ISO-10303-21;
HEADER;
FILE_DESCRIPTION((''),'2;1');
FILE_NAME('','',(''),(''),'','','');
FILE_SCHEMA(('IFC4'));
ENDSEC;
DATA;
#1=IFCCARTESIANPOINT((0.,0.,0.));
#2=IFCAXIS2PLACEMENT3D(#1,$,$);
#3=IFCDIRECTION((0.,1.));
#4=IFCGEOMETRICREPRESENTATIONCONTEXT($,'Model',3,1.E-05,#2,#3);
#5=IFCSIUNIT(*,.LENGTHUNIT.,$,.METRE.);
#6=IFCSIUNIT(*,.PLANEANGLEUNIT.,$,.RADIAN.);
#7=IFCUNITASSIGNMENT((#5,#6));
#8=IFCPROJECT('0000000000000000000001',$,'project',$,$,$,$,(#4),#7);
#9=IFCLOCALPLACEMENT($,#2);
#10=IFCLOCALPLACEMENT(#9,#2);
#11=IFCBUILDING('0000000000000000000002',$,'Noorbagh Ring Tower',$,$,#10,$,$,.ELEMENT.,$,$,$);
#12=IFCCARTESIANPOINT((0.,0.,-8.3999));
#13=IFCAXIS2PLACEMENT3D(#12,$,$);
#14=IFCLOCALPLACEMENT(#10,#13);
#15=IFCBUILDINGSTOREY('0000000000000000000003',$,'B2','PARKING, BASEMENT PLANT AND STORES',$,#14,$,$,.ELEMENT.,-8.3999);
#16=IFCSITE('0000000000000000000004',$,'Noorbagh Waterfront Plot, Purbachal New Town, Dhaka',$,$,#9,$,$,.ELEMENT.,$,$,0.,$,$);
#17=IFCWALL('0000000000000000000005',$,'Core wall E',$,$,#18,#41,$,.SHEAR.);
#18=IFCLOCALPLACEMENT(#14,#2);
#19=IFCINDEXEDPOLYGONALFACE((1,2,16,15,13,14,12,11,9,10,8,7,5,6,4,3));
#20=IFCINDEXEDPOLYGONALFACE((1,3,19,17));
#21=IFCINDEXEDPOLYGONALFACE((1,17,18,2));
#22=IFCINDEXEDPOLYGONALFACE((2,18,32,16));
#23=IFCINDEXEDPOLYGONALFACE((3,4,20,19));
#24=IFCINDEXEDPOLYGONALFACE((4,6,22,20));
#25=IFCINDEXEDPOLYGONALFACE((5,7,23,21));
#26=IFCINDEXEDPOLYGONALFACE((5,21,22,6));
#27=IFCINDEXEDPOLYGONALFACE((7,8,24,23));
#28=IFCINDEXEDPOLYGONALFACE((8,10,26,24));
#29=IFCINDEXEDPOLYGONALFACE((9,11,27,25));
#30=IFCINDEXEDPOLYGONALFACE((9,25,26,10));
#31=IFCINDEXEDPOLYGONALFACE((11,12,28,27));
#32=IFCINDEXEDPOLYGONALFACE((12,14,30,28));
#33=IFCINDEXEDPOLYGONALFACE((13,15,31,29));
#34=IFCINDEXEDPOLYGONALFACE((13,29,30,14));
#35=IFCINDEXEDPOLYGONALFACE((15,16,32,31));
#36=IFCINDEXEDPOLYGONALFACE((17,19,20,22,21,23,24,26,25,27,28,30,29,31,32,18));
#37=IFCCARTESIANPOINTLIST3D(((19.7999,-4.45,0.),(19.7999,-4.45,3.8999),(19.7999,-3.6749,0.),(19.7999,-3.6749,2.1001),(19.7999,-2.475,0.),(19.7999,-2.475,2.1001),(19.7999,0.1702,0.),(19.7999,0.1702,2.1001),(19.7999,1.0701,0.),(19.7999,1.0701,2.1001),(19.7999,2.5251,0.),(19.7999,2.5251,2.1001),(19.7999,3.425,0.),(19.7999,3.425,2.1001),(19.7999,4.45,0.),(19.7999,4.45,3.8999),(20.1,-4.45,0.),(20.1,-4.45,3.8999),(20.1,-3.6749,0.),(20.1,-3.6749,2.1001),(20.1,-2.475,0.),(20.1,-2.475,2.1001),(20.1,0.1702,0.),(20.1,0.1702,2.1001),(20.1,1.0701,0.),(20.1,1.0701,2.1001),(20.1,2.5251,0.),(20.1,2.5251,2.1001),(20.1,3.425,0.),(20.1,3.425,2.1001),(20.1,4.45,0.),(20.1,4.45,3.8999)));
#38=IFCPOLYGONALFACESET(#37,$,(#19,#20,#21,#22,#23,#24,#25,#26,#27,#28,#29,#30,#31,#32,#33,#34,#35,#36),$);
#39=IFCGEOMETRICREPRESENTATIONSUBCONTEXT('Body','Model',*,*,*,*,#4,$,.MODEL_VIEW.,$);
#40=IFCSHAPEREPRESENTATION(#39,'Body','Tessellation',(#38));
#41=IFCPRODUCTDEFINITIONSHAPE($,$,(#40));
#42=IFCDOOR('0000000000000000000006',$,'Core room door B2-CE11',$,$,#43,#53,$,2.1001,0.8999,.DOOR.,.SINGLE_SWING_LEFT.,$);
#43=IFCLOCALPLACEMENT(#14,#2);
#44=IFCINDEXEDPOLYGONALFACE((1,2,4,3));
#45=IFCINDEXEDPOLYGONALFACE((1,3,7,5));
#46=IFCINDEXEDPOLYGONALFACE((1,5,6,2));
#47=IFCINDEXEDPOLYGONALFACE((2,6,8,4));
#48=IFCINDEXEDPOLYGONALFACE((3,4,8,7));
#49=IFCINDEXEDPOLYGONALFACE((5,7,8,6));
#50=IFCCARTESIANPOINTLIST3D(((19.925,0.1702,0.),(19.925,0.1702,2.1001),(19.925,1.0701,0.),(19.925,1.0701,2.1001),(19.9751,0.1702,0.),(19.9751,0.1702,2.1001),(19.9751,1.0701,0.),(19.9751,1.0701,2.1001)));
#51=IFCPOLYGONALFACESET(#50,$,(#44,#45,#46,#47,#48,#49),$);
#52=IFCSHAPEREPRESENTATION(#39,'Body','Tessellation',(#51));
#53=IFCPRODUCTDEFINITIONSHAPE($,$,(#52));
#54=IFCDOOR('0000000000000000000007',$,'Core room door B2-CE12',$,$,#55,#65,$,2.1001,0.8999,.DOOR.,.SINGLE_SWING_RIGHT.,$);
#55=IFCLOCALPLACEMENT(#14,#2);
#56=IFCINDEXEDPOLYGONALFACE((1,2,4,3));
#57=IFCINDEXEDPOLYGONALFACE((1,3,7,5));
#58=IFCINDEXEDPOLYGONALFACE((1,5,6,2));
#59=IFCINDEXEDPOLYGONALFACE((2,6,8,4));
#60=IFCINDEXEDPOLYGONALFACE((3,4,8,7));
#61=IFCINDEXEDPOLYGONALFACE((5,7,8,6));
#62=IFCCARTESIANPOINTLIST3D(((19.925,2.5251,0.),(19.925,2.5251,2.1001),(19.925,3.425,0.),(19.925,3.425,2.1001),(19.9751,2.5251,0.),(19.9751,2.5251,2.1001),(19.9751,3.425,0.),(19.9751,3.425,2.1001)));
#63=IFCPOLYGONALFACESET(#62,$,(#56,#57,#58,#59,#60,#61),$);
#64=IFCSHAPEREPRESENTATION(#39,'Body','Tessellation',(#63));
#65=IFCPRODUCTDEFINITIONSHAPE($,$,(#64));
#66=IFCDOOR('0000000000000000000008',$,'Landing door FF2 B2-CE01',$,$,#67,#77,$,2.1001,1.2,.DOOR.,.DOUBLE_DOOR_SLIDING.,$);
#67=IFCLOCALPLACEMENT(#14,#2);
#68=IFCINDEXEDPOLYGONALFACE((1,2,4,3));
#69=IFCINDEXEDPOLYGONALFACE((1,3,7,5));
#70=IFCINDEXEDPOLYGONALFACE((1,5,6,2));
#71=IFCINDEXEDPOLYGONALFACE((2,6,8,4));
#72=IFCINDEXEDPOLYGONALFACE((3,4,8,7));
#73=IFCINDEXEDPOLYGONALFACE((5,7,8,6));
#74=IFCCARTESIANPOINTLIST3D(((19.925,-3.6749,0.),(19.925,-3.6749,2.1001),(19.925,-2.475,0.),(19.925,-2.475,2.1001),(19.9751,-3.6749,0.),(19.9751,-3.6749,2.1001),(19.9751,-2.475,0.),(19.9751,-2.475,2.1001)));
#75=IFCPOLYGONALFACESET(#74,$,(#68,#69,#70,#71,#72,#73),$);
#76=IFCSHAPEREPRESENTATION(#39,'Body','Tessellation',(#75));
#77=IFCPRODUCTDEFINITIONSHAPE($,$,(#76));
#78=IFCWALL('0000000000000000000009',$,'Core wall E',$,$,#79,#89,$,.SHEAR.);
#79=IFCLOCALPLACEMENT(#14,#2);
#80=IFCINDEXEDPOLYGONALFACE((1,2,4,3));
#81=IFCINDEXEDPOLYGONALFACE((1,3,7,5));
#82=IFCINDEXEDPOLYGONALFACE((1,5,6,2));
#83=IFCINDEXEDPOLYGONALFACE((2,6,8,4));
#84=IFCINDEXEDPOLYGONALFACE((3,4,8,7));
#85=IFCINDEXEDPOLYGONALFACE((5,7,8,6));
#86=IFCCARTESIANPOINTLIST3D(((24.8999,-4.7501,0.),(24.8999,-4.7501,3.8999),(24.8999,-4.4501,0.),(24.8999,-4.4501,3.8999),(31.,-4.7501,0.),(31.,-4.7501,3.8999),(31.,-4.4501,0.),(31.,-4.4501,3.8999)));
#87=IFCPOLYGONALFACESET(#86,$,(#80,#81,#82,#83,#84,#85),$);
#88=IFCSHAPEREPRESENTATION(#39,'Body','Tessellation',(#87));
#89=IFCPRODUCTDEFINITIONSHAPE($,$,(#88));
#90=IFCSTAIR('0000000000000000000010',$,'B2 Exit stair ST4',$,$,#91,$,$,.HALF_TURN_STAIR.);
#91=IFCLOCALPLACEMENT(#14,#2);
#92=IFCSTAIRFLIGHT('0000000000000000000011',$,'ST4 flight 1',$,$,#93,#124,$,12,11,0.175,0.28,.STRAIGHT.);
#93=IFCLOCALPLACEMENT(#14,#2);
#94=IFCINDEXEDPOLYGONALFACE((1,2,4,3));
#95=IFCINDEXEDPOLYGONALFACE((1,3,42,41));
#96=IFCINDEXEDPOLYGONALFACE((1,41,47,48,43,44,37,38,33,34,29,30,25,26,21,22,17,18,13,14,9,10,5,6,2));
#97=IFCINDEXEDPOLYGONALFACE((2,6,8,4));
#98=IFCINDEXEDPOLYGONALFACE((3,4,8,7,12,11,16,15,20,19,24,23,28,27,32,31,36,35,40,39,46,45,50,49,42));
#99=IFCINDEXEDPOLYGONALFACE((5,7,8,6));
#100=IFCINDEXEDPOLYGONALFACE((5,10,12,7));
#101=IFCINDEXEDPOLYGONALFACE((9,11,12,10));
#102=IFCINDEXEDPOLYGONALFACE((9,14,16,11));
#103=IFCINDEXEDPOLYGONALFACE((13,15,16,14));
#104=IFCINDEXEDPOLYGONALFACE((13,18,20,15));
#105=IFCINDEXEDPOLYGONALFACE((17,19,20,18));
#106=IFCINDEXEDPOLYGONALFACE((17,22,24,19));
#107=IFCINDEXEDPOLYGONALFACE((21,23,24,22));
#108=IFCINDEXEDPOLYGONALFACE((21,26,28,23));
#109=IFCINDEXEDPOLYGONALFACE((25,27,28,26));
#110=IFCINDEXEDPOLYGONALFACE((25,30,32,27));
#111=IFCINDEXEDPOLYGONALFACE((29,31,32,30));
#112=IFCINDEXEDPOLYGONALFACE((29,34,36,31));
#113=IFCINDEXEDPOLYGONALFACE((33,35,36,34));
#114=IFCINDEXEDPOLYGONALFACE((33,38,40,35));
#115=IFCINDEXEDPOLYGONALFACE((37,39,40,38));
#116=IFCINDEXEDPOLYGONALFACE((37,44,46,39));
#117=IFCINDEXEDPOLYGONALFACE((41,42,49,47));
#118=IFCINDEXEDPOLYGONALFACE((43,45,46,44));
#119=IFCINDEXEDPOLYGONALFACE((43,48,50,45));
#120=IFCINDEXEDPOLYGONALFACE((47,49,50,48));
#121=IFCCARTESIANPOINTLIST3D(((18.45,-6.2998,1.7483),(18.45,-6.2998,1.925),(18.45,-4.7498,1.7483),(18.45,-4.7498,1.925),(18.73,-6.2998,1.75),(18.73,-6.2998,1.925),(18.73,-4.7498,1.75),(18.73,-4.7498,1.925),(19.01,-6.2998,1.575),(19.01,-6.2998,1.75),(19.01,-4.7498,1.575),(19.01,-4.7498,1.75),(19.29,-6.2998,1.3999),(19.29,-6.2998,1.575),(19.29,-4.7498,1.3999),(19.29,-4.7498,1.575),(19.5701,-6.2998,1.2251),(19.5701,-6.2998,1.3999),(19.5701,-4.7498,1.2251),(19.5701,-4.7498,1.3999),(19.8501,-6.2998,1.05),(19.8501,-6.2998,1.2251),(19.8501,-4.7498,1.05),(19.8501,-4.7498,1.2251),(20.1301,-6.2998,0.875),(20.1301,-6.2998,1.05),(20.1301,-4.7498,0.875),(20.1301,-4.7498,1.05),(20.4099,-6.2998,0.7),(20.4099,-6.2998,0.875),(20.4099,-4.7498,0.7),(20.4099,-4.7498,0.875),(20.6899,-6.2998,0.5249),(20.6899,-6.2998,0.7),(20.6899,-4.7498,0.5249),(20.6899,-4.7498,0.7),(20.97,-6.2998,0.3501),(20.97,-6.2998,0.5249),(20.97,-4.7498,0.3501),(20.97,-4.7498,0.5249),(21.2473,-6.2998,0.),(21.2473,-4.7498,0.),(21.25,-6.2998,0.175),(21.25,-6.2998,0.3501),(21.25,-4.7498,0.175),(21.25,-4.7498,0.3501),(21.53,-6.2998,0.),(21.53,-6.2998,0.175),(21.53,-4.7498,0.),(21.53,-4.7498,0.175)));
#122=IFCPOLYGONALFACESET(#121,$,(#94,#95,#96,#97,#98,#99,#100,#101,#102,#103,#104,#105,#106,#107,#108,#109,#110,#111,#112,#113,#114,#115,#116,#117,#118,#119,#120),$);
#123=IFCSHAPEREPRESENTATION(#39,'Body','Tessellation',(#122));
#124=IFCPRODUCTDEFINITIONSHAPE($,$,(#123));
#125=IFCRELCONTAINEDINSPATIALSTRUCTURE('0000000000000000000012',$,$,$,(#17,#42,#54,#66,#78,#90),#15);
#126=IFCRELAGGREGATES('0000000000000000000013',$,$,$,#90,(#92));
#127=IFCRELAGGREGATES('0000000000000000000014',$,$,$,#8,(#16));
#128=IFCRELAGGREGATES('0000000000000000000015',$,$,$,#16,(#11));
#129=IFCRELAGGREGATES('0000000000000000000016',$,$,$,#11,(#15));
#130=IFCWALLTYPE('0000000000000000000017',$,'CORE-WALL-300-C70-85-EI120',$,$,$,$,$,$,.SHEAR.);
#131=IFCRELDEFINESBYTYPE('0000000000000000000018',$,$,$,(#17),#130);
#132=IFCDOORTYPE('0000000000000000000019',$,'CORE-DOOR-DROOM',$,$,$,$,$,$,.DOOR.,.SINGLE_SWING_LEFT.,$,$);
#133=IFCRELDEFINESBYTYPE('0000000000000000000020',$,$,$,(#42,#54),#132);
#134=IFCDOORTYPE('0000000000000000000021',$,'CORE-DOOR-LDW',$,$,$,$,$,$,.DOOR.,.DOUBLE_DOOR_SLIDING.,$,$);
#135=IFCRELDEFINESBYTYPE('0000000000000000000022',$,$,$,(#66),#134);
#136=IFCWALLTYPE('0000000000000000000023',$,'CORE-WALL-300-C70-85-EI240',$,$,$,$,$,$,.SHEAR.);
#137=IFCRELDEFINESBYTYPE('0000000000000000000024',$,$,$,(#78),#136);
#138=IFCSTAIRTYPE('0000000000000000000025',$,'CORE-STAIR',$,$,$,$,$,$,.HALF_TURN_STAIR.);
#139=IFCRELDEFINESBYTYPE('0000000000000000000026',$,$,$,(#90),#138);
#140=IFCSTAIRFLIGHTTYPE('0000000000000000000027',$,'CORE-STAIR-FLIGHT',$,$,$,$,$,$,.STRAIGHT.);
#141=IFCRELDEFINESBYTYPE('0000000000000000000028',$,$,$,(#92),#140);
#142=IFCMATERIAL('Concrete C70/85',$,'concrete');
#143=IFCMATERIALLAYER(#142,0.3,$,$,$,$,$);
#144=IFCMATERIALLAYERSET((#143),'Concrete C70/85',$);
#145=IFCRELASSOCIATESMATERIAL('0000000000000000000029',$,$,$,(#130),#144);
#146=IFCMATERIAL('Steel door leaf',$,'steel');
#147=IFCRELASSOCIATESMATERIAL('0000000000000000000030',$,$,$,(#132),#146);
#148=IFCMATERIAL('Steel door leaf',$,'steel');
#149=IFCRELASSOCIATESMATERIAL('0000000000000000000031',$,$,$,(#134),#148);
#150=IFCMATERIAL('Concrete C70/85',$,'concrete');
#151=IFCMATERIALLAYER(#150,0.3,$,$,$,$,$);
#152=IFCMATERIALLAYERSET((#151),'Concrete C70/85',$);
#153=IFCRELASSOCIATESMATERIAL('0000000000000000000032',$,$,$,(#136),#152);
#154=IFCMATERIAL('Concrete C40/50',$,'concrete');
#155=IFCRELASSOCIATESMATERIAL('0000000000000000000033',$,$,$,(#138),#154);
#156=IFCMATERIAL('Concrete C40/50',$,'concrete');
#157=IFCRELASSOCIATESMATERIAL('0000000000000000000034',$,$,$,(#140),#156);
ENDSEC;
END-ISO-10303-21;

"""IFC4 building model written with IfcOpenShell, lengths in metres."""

from ifc_helpers import new_model, si_unit, direction, frame, frame_2d, origin, place, context, subcontext, project, spatial, polyline, rectangle, outline, extrude, material, layer, layer_set, type_object, element, fill, aggregate, save


model = new_model("IFC4")

# Units and contexts
model_context = context("Model", 3, precision=1e-05, world=origin(), true_north=direction((0.0, 1.0)))
body_context = subcontext(model_context, "Body", "Model", "MODEL_VIEW")
ifc_project = project(units=[si_unit("LENGTHUNIT", "METRE"), si_unit("PLANEANGLEUNIT", "RADIAN")], contexts=[model_context])

# Site, building, storey
site_placement = place(None, origin())
site = spatial("IfcSite", under=ifc_project, at=site_placement, Name="Noorbagh Waterfront Plot, Purbachal New Town, Dhaka", CompositionType="ELEMENT", RefElevation=0.0)
building_placement = place(site_placement, origin())
building = spatial("IfcBuilding", under=site, at=building_placement, Name="Noorbagh Ring Tower", CompositionType="ELEMENT")
storey_placement = place(building_placement, frame((0.0, 0.0, -8.3999)))
storey = spatial("IfcBuildingStorey", under=building, at=storey_placement, Name="B2", Description="PARKING, BASEMENT PLANT AND STORES", CompositionType="ELEMENT", Elevation=-8.3999)

# Shared definitions
ifc_material_1 = material(Name="Concrete C70/85", Category="concrete")
ifc_layer_1 = layer(ifc_material_1, 0.3)
ifc_layer_set_1 = layer_set([ifc_layer_1], Name="Concrete C70/85")
wall_type_1 = type_object("IfcWallType", Name="CORE-WALL-300-C70-85-EI120", PredefinedType="SHEAR", material=ifc_layer_set_1)

# Wall, openings, doors
wall_1_placement = place(storey_placement, frame((19.95, -4.45, 0.0), z_axis=(0.0, 0.0, 1.0), x_axis=(0.0, 1.0, 0.0)))
wall_1 = element("IfcWall", 1, at=wall_1_placement, inside=storey, type_object=wall_type_1, Name="Core wall E", PredefinedType="SHEAR", context=body_context, shape_type="SweptSolid", body=[
    extrude(rectangle(XDim=8.8999, YDim=0.3, at=frame_2d((4.45, 0.0))), origin(), (0.0, 0.0, 1.0), 3.8999),
])
opening_1_placement = place(wall_1_placement, frame((0.7749, 0.0, 0.0)))
opening_1 = element("IfcOpeningElement", 2, at=opening_1_placement, cuts=wall_1, PredefinedType="OPENING", context=body_context, shape_type="SweptSolid", body=[
    extrude(rectangle(XDim=1.2, YDim=2.1001, at=frame_2d((0.6001, 1.05))), frame((0.0, 0.1602, 0.0), z_axis=(0.0, -1.0, 0.0), x_axis=(1.0, 0.0, 0.0)), (0.0, 0.0, 1.0), 0.3201),
])
opening_2_placement = place(wall_1_placement, frame((4.6201, 0.0, 0.0)))
opening_2 = element("IfcOpeningElement", 3, at=opening_2_placement, cuts=wall_1, PredefinedType="OPENING", context=body_context, shape_type="SweptSolid", body=[
    extrude(rectangle(XDim=0.8999, YDim=2.1001, at=frame_2d((0.45, 1.05))), frame((0.0, 0.1602, 0.0), z_axis=(0.0, -1.0, 0.0), x_axis=(1.0, 0.0, 0.0)), (0.0, 0.0, 1.0), 0.3201),
])
opening_3_placement = place(wall_1_placement, frame((6.9751, 0.0, 0.0)))
opening_3 = element("IfcOpeningElement", 4, at=opening_3_placement, cuts=wall_1, PredefinedType="OPENING", context=body_context, shape_type="SweptSolid", body=[
    extrude(rectangle(XDim=0.8999, YDim=2.1001, at=frame_2d((0.45, 1.05))), frame((0.0, 0.1602, 0.0), z_axis=(0.0, -1.0, 0.0), x_axis=(1.0, 0.0, 0.0)), (0.0, 0.0, 1.0), 0.3201),
])
ifc_material_2 = material(Name="Steel door leaf", Category="steel")
door_type_1 = type_object("IfcDoorType", Name="CORE-DOOR-DROOM", OperationType="SINGLE_SWING_LEFT", PredefinedType="DOOR", material=ifc_material_2)
door_1_placement = place(opening_2_placement, origin())
door_1 = element("IfcDoor", 5, at=door_1_placement, inside=storey, type_object=door_type_1, Name="Core room door B2-CE11", OperationType="SINGLE_SWING_LEFT", OverallHeight=2.1001, OverallWidth=0.8999, PredefinedType="DOOR", context=body_context, shape_type="SweptSolid", body=[
    extrude(rectangle(XDim=0.8999, YDim=2.1001, at=frame_2d((0.45, 1.05))), frame((0.0, 0.0249, 0.0), z_axis=(0.0, -1.0, 0.0), x_axis=(1.0, 0.0, 0.0)), (0.0, 0.0, 1.0), 0.05),
])
fill(opening_2, door_1)
door_2_placement = place(opening_3_placement, origin())
door_2 = element("IfcDoor", 6, at=door_2_placement, inside=storey, type_object=door_type_1, Name="Core room door B2-CE12", OperationType="SINGLE_SWING_RIGHT", OverallHeight=2.1001, OverallWidth=0.8999, PredefinedType="DOOR", context=body_context, shape_type="SweptSolid", body=[
    extrude(rectangle(XDim=0.8999, YDim=2.1001, at=frame_2d((0.45, 1.05))), frame((0.0, 0.0249, 0.0), z_axis=(0.0, -1.0, 0.0), x_axis=(1.0, 0.0, 0.0)), (0.0, 0.0, 1.0), 0.05),
])
fill(opening_3, door_2)
ifc_material_3 = material(Name="Steel door leaf", Category="steel")
door_type_2 = type_object("IfcDoorType", Name="CORE-DOOR-LDW", OperationType="DOUBLE_DOOR_SLIDING", PredefinedType="DOOR", material=ifc_material_3)
door_3_placement = place(opening_1_placement, origin())
door_3 = element("IfcDoor", 7, at=door_3_placement, inside=storey, type_object=door_type_2, Name="Landing door FF2 B2-CE01", OperationType="DOUBLE_DOOR_SLIDING", OverallHeight=2.1001, OverallWidth=1.2, PredefinedType="DOOR", context=body_context, shape_type="SweptSolid", body=[
    extrude(rectangle(XDim=1.2, YDim=2.1001, at=frame_2d((0.6001, 1.05))), frame((0.0, 0.0249, 0.0), z_axis=(0.0, -1.0, 0.0), x_axis=(1.0, 0.0, 0.0)), (0.0, 0.0, 1.0), 0.05),
])
fill(opening_1, door_3)

# Wall
ifc_material_4 = material(Name="Concrete C70/85", Category="concrete")
ifc_layer_2 = layer(ifc_material_4, 0.3)
ifc_layer_set_2 = layer_set([ifc_layer_2], Name="Concrete C70/85")
wall_type_2 = type_object("IfcWallType", Name="CORE-WALL-300-C70-85-EI240", PredefinedType="SHEAR", material=ifc_layer_set_2)
wall_2_placement = place(storey_placement, frame((24.8999, -4.6001, 0.0), z_axis=(0.0, 0.0, 1.0), x_axis=(1.0, 0.0, 0.0)))
element("IfcWall", 8, at=wall_2_placement, inside=storey, type_object=wall_type_2, Name="Core wall E", PredefinedType="SHEAR", context=body_context, shape_type="SweptSolid", body=[
    extrude(rectangle(XDim=6.1001, YDim=0.3, at=frame_2d((3.05, 0.0))), origin(), (0.0, 0.0, 1.0), 3.8999),
])

# Stair, stair flight
ifc_material_5 = material(Name="Concrete C40/50", Category="concrete")
stair_type = type_object("IfcStairType", Name="CORE-STAIR", PredefinedType="HALF_TURN_STAIR", material=ifc_material_5)
stair_placement = place(storey_placement, origin())
stair = element("IfcStair", 9, at=stair_placement, inside=storey, type_object=stair_type, Name="B2 Exit stair ST4", PredefinedType="HALF_TURN_STAIR")
ifc_material_6 = material(Name="Concrete C40/50", Category="concrete")
stair_flight_type = type_object("IfcStairFlightType", Name="CORE-STAIR-FLIGHT", PredefinedType="STRAIGHT", material=ifc_material_6)
stair_flight_placement = place(storey_placement, frame((21.53, -5.5249, 0.0), z_axis=(0.0, 0.0, 1.0), x_axis=(-1.0, 0.0, 0.0)))
stair_flight = element("IfcStairFlight", 10, at=stair_flight_placement, type_object=stair_flight_type, Name="ST4 flight 1", NumberOfRisers=12, NumberOfTreads=11, PredefinedType="STRAIGHT", RiserHeight=0.175, TreadLength=0.28, context=body_context, shape_type="SweptSolid", body=[
    extrude(outline(polyline([(0.0, 0.0), (0.0, 0.175), (0.28, 0.175), (0.28, 0.3501), (0.5601, 0.3501), (0.5601, 0.5249), (0.8401, 0.5249), (0.8401, 0.7), (1.1201, 0.7), (1.1201, 0.875), (1.3999, 0.875), (1.3999, 1.05), (1.6799, 1.05), (1.6799, 1.2251), (1.96, 1.2251), (1.96, 1.3999), (2.24, 1.3999), (2.24, 1.575), (2.52, 1.575), (2.52, 1.75), (2.8, 1.75), (2.8, 1.925), (3.0801, 1.925), (3.0801, 2.1001), (3.0801, 1.7483), (0.2827, 0.0), (0.0, 0.0)])), frame((0.0, 0.7749, 0.0), z_axis=(0.0, -1.0, 0.0), x_axis=(1.0, 0.0, 0.0)), (0.0, 0.0, 1.0), 1.55),
])
aggregate(stair, [stair_flight])

save(model, "model.ifc")
